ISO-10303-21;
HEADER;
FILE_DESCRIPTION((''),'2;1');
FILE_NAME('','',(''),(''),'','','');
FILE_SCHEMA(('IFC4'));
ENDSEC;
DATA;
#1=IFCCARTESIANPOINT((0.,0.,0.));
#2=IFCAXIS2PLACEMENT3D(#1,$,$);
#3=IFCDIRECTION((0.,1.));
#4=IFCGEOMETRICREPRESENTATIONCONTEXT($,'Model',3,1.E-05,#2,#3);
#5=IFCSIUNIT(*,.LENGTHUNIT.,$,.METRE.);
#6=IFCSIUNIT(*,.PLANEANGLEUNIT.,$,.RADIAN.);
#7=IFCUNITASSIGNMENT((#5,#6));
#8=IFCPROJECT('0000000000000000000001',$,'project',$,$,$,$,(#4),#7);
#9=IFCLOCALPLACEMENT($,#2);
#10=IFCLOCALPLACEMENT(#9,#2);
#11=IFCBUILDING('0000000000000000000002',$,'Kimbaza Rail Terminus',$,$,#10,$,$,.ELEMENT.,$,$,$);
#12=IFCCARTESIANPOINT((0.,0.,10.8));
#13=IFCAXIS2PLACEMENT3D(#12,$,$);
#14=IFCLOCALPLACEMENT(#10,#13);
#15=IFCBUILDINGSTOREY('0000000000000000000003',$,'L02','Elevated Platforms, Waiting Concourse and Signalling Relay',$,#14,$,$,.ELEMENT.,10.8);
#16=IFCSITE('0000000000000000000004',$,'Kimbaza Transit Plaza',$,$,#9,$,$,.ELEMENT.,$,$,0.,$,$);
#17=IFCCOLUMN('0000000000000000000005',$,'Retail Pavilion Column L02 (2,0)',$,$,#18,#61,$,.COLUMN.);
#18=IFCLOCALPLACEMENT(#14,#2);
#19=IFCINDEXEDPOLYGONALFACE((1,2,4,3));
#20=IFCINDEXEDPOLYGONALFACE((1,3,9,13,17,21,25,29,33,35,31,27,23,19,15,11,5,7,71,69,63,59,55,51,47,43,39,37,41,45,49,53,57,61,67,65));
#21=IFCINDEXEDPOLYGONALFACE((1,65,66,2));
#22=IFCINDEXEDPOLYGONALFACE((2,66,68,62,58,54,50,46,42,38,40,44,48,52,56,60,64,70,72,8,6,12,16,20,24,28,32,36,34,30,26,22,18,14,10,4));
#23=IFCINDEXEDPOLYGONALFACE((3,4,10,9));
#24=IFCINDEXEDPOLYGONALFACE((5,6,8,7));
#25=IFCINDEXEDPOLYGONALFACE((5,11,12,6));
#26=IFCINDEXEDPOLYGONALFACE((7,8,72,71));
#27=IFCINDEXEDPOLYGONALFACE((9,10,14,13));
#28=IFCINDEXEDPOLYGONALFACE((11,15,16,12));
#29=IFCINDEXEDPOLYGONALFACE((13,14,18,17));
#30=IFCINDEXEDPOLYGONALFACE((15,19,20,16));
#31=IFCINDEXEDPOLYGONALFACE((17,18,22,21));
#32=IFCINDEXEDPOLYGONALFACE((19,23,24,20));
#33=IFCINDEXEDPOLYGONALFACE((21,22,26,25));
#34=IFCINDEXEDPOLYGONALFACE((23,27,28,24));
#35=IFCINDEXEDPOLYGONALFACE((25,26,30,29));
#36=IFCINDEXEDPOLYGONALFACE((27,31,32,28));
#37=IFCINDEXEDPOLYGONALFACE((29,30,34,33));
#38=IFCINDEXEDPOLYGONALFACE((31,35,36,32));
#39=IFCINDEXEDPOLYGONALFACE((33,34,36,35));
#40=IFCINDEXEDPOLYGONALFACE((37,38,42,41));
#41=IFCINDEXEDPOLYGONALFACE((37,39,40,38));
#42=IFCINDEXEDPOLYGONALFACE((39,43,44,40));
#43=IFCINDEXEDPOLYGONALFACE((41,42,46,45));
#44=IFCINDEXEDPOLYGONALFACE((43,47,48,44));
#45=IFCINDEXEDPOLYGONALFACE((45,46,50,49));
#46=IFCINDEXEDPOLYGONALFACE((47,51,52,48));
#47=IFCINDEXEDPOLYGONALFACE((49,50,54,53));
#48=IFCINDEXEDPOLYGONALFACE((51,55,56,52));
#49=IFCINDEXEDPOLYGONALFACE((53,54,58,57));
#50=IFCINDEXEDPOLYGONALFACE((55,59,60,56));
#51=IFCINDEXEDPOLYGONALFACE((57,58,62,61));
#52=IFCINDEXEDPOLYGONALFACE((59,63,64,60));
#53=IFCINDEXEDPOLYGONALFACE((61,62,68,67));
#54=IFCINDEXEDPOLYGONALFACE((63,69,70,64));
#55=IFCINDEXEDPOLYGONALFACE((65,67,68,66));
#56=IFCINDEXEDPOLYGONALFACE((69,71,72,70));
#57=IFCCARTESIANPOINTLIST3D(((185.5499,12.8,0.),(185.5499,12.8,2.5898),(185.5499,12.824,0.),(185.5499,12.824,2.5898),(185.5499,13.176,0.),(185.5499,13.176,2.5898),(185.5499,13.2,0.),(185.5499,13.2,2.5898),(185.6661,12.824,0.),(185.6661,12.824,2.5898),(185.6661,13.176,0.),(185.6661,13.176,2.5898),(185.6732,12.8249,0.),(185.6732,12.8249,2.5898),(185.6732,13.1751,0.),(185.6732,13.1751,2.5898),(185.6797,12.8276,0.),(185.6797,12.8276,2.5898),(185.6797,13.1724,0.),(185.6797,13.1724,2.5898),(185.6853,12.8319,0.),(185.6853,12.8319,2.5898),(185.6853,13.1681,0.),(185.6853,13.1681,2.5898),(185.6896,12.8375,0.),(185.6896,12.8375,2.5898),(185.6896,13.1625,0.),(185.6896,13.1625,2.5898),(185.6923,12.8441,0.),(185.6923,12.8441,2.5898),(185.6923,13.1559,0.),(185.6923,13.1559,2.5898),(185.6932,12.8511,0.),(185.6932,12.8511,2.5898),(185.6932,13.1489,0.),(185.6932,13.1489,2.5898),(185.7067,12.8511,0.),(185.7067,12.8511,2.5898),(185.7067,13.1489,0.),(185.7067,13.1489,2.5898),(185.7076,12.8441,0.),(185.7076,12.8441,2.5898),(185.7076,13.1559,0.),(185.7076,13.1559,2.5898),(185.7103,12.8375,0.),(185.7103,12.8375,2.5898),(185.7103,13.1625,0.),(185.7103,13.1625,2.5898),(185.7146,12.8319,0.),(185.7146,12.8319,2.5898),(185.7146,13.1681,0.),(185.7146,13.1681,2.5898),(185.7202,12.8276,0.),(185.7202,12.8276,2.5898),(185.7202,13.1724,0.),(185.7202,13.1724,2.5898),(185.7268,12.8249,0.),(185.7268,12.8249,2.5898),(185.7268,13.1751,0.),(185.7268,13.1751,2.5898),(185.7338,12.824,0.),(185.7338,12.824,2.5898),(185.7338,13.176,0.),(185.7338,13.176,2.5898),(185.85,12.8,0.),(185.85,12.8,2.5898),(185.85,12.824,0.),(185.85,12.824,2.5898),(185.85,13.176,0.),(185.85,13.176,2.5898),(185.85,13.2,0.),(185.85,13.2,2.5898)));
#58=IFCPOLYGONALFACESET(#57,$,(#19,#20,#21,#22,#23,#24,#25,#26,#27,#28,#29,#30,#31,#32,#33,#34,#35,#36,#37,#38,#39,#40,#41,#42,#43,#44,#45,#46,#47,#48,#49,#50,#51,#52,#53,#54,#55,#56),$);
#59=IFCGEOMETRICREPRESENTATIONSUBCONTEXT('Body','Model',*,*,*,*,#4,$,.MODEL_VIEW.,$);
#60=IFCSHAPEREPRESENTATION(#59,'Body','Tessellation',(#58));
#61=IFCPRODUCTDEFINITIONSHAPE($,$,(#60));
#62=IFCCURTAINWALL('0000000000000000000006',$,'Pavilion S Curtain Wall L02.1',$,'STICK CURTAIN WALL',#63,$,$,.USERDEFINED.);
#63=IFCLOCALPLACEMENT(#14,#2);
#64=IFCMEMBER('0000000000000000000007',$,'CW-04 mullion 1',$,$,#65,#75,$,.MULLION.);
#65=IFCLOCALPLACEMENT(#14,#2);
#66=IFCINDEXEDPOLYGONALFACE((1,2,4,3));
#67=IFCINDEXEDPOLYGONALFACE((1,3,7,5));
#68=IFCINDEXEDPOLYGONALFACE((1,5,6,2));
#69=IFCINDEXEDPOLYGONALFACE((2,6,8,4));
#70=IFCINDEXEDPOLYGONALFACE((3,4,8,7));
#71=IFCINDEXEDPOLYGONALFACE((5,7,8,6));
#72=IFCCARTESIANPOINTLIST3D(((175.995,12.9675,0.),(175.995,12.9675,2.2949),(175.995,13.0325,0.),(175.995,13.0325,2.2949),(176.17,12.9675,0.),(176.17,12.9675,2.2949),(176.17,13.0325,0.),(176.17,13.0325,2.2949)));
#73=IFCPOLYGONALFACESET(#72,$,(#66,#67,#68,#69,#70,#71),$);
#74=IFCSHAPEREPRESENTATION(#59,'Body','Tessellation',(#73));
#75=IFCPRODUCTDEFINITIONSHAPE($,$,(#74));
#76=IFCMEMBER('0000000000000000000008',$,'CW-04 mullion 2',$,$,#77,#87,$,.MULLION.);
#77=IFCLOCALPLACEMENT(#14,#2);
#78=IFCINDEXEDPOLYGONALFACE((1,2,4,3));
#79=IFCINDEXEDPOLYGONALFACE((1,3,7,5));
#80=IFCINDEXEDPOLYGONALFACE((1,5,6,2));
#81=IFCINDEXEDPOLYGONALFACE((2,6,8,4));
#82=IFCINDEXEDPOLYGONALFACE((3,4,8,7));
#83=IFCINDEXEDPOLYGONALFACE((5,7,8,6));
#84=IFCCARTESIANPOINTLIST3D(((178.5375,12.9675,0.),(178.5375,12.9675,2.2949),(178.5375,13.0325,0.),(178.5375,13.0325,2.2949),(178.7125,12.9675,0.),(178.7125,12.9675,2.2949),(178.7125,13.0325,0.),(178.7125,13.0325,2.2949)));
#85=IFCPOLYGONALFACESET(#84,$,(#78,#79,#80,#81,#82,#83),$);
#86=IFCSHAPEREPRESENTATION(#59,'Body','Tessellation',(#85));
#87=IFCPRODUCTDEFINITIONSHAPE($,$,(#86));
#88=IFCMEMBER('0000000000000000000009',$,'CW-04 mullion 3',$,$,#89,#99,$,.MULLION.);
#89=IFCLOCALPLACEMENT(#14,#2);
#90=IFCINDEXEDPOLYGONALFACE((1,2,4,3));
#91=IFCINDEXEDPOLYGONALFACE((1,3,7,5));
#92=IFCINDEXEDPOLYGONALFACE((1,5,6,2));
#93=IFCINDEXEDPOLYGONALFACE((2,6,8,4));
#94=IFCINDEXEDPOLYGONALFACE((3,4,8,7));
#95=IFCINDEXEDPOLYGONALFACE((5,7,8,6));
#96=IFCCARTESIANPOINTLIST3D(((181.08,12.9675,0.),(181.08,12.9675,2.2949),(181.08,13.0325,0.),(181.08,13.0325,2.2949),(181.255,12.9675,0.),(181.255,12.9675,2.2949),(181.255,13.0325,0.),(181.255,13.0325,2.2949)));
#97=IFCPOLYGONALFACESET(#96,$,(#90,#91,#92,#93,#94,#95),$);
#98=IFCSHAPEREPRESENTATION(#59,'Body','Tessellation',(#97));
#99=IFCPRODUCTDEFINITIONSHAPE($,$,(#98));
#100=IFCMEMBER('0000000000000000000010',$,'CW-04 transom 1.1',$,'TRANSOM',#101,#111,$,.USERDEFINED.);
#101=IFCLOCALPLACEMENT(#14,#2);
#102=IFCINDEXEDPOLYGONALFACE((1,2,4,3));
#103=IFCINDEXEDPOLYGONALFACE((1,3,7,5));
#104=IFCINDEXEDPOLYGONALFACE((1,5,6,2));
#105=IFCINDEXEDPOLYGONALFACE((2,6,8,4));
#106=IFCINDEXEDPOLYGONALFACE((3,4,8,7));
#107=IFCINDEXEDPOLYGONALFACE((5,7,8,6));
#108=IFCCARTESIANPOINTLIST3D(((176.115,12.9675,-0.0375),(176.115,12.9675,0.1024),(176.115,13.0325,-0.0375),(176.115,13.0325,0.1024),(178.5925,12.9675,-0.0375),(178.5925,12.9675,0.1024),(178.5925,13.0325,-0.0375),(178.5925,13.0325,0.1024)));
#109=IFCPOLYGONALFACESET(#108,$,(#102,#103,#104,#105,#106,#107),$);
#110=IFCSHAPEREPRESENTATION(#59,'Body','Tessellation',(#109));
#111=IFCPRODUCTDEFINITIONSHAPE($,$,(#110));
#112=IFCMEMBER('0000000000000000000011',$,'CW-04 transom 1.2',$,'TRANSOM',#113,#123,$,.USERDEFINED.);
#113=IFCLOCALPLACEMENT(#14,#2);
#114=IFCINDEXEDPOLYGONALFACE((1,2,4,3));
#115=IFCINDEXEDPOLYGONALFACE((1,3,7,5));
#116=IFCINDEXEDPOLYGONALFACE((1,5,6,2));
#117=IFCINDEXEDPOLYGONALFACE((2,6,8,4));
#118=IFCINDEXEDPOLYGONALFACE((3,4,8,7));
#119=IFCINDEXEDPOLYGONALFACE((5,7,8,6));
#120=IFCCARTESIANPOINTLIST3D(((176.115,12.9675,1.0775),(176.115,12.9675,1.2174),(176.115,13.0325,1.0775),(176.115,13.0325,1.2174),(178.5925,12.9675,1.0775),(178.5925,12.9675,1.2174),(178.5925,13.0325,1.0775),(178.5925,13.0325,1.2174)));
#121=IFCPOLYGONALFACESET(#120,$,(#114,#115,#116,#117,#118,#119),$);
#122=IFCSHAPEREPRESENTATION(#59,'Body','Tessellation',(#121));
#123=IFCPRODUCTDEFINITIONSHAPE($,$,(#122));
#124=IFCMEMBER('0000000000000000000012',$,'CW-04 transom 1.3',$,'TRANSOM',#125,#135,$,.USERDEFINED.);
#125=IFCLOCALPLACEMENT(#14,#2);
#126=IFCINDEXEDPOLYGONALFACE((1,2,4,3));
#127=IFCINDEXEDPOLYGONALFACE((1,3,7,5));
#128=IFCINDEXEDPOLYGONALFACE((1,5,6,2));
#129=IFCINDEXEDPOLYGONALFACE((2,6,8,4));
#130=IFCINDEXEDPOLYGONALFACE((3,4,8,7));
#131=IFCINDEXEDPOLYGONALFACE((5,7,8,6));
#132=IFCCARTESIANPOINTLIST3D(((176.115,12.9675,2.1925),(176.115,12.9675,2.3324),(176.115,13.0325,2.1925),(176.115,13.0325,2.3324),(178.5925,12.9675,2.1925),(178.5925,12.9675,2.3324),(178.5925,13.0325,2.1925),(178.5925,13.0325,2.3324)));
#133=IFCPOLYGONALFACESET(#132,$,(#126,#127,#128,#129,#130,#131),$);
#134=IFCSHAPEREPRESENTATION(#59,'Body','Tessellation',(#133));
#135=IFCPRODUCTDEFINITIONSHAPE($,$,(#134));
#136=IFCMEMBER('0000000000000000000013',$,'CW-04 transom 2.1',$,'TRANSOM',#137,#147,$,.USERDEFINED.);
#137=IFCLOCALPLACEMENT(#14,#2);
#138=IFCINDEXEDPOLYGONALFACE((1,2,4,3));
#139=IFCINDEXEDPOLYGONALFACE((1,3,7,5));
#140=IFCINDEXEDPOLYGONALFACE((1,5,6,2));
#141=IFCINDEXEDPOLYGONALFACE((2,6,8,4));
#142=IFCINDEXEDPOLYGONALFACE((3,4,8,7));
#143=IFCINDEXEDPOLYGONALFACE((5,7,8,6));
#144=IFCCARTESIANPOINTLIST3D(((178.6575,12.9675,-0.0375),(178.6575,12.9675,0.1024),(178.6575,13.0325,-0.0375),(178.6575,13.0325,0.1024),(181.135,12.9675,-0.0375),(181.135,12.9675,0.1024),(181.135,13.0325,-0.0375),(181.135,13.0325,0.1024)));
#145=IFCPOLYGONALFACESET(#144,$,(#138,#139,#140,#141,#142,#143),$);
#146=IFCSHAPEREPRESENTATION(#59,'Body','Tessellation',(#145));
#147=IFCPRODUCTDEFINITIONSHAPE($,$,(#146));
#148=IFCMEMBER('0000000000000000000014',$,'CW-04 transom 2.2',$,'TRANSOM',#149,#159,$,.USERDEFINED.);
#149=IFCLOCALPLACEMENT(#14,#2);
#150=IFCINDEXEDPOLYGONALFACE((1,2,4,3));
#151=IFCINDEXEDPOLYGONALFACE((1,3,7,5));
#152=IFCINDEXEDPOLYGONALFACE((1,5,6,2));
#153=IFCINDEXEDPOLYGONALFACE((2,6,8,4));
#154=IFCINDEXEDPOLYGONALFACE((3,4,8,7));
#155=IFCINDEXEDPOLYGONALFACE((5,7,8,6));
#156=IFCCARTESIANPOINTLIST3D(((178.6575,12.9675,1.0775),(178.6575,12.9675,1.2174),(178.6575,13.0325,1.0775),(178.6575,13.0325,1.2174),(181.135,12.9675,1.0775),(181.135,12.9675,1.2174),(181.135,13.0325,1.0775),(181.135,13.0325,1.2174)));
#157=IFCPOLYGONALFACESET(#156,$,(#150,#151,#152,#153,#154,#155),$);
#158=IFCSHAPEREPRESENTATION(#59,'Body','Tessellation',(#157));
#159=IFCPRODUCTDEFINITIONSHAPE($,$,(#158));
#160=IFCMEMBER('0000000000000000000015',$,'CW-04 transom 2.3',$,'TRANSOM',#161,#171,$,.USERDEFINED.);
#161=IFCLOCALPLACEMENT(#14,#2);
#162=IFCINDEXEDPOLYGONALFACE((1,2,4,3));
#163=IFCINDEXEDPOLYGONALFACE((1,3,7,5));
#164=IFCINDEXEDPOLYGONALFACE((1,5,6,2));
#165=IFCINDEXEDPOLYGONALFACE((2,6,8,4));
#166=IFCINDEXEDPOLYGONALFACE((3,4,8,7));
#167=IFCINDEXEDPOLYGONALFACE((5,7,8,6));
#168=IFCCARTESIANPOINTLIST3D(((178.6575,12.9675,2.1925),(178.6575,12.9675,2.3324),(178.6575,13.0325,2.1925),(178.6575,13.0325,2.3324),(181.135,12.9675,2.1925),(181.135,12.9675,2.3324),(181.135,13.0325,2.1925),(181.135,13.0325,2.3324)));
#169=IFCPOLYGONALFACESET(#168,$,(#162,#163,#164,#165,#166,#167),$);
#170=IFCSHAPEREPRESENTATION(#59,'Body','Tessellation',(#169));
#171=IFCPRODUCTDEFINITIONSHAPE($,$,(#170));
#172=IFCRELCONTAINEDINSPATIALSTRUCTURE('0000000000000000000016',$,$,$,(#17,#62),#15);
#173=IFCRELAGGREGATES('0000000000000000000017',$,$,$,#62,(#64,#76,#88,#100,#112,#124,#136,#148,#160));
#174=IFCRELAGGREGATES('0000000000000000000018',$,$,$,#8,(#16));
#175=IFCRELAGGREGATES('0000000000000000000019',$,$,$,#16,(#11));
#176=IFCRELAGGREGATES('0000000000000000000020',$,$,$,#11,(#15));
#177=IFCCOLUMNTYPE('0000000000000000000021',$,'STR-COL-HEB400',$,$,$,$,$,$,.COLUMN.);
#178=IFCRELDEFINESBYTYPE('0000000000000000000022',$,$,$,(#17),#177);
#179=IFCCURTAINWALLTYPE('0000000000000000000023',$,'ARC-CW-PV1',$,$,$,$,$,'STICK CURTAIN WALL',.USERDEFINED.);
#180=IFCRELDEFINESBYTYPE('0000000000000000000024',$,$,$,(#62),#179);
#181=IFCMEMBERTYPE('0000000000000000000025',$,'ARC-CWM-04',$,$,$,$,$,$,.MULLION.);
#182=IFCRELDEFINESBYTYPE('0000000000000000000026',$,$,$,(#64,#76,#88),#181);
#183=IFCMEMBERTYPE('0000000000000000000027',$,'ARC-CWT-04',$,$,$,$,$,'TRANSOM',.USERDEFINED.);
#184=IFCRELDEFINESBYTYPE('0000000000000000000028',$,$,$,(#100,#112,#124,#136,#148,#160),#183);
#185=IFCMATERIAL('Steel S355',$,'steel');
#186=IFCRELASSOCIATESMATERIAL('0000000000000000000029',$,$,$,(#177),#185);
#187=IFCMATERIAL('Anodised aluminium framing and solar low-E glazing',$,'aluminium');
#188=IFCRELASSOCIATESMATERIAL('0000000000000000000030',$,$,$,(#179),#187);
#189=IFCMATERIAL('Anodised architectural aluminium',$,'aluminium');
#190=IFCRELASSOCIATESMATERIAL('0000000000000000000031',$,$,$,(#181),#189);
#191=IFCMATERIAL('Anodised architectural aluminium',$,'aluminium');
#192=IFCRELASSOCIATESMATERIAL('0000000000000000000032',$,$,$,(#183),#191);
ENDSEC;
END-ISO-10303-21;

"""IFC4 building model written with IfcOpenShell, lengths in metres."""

from ifc_helpers import new_model, si_unit, direction, frame, origin, origin_2d, place, context, subcontext, project, spatial, rectangle, i_section, extrude, material, material_profile, profile_set, type_object, element, aggregate, save


model = new_model("IFC4")

# Units and contexts
model_context = context("Model", 3, precision=1e-05, world=origin(), true_north=direction((0.0, 1.0)))
body_context = subcontext(model_context, "Body", "Model", "MODEL_VIEW")
ifc_project = project(units=[si_unit("LENGTHUNIT", "METRE"), si_unit("PLANEANGLEUNIT", "RADIAN")], contexts=[model_context])

# Site, building, storey
site_placement = place(None, origin())
site = spatial("IfcSite", under=ifc_project, at=site_placement, Name="Kimbaza Transit Plaza", CompositionType="ELEMENT", RefElevation=0.0)
building_placement = place(site_placement, origin())
building = spatial("IfcBuilding", under=site, at=building_placement, Name="Kimbaza Rail Terminus", CompositionType="ELEMENT")
storey_placement = place(building_placement, frame((0.0, 0.0, 10.8)))
storey = spatial("IfcBuildingStorey", under=building, at=storey_placement, Name="L02", Description="Elevated Platforms, Waiting Concourse and Signalling Relay", CompositionType="ELEMENT", Elevation=10.8)

# Column
ifc_material_1 = material(Name="Steel S355", Category="steel")
ifc_material_profile_1 = material_profile(ifc_material_1, i_section(OverallWidth=0.3, OverallDepth=0.3999, WebThickness=0.0134, FlangeThickness=0.0239, FilletRadius=0.0271, at=origin_2d()), Name="HEB 400")
ifc_profile_set_1 = profile_set([ifc_material_profile_1], Name="Steel S355")
column_type = type_object("IfcColumnType", Name="STR-COL-HEB400", PredefinedType="COLUMN", material=ifc_profile_set_1)
column_placement = place(storey_placement, frame((185.7, 13.0, 0.0), z_axis=(0.0, 0.0, 1.0), x_axis=(1.0, 0.0, 0.0)))
element("IfcColumn", 1, at=column_placement, inside=storey, type_object=column_type, Name="Retail Pavilion Column L02 (2,0)", PredefinedType="COLUMN", context=body_context, shape_type="SweptSolid", body=[
    extrude(i_section(OverallWidth=0.3, OverallDepth=0.3999, WebThickness=0.0134, FlangeThickness=0.0239, FilletRadius=0.0271, at=origin_2d()), origin(), (0.0, 0.0, 1.0), 2.5898),
])

# Curtain wall, members
ifc_material_2 = material(Name="Anodised aluminium framing and solar low-E glazing", Category="aluminium")
curtain_wall_type = type_object("IfcCurtainWallType", Name="ARC-CW-PV1", ElementType="STICK CURTAIN WALL", PredefinedType="USERDEFINED", material=ifc_material_2)
curtain_wall_placement = place(storey_placement, origin())
curtain_wall = element("IfcCurtainWall", 2, at=curtain_wall_placement, inside=storey, type_object=curtain_wall_type, Name="Pavilion S Curtain Wall L02.1", ObjectType="STICK CURTAIN WALL", PredefinedType="USERDEFINED")
ifc_material_3 = material(Name="Anodised architectural aluminium", Category="aluminium")
ifc_material_profile_2 = material_profile(ifc_material_3, rectangle(XDim=0.0649, YDim=0.175, at=origin_2d()), Name="MULLION 65x175")
ifc_profile_set_2 = profile_set([ifc_material_profile_2], Name="Anodised architectural aluminium")
member_type_1 = type_object("IfcMemberType", Name="ARC-CWM-04", PredefinedType="MULLION", material=ifc_profile_set_2)
member_1_placement = place(storey_placement, frame((176.0825, 13.0, 0.0), z_axis=(0.0, 0.0, 1.0), x_axis=(0.0, 1.0, 0.0)))
member_1 = element("IfcMember", 3, at=member_1_placement, type_object=member_type_1, Name="CW-04 mullion 1", PredefinedType="MULLION", context=body_context, shape_type="SweptSolid", body=[
    extrude(rectangle(XDim=0.0649, YDim=0.175, at=origin_2d()), origin(), (0.0, 0.0, 1.0), 2.2949),
])
member_2_placement = place(storey_placement, frame((178.625, 13.0, 0.0), z_axis=(0.0, 0.0, 1.0), x_axis=(0.0, 1.0, 0.0)))
member_2 = element("IfcMember", 4, at=member_2_placement, type_object=member_type_1, Name="CW-04 mullion 2", PredefinedType="MULLION", context=body_context, shape_type="SweptSolid", body=[
    extrude(rectangle(XDim=0.0649, YDim=0.175, at=origin_2d()), origin(), (0.0, 0.0, 1.0), 2.2949),
])
member_3_placement = place(storey_placement, frame((181.1675, 13.0, 0.0), z_axis=(0.0, 0.0, 1.0), x_axis=(0.0, 1.0, 0.0)))
member_3 = element("IfcMember", 5, at=member_3_placement, type_object=member_type_1, Name="CW-04 mullion 3", PredefinedType="MULLION", context=body_context, shape_type="SweptSolid", body=[
    extrude(rectangle(XDim=0.0649, YDim=0.175, at=origin_2d()), origin(), (0.0, 0.0, 1.0), 2.2949),
])
ifc_material_4 = material(Name="Anodised architectural aluminium", Category="aluminium")
ifc_material_profile_3 = material_profile(ifc_material_4, rectangle(XDim=0.0649, YDim=0.1399, at=origin_2d()), Name="TRANSOM 65x140")
ifc_profile_set_3 = profile_set([ifc_material_profile_3], Name="Anodised architectural aluminium")
member_type_2 = type_object("IfcMemberType", Name="ARC-CWT-04", ElementType="TRANSOM", PredefinedType="USERDEFINED", material=ifc_profile_set_3)
member_4_placement = place(storey_placement, frame((176.115, 13.0, 0.0325), z_axis=(1.0, 0.0, 0.0), x_axis=(0.0, 1.0, 0.0)))
member_4 = element("IfcMember", 6, at=member_4_placement, type_object=member_type_2, Name="CW-04 transom 1.1", ObjectType="TRANSOM", PredefinedType="USERDEFINED", context=body_context, shape_type="SweptSolid", body=[
    extrude(rectangle(XDim=0.0649, YDim=0.1399, at=origin_2d()), origin(), (0.0, 0.0, 1.0), 2.4775),
])
member_5_placement = place(storey_placement, frame((176.115, 13.0, 1.1475), z_axis=(1.0, 0.0, 0.0), x_axis=(0.0, 1.0, 0.0)))
member_5 = element("IfcMember", 7, at=member_5_placement, type_object=member_type_2, Name="CW-04 transom 1.2", ObjectType="TRANSOM", PredefinedType="USERDEFINED", context=body_context, shape_type="SweptSolid", body=[
    extrude(rectangle(XDim=0.0649, YDim=0.1399, at=origin_2d()), origin(), (0.0, 0.0, 1.0), 2.4775),
])
member_6_placement = place(storey_placement, frame((176.115, 13.0, 2.2625), z_axis=(1.0, 0.0, 0.0), x_axis=(0.0, 1.0, 0.0)))
member_6 = element("IfcMember", 8, at=member_6_placement, type_object=member_type_2, Name="CW-04 transom 1.3", ObjectType="TRANSOM", PredefinedType="USERDEFINED", context=body_context, shape_type="SweptSolid", body=[
    extrude(rectangle(XDim=0.0649, YDim=0.1399, at=origin_2d()), origin(), (0.0, 0.0, 1.0), 2.4775),
])
member_7_placement = place(storey_placement, frame((178.6575, 13.0, 0.0325), z_axis=(1.0, 0.0, 0.0), x_axis=(0.0, 1.0, 0.0)))
member_7 = element("IfcMember", 9, at=member_7_placement, type_object=member_type_2, Name="CW-04 transom 2.1", ObjectType="TRANSOM", PredefinedType="USERDEFINED", context=body_context, shape_type="SweptSolid", body=[
    extrude(rectangle(XDim=0.0649, YDim=0.1399, at=origin_2d()), origin(), (0.0, 0.0, 1.0), 2.4775),
])
member_8_placement = place(storey_placement, frame((178.6575, 13.0, 1.1475), z_axis=(1.0, 0.0, 0.0), x_axis=(0.0, 1.0, 0.0)))
member_8 = element("IfcMember", 10, at=member_8_placement, type_object=member_type_2, Name="CW-04 transom 2.2", ObjectType="TRANSOM", PredefinedType="USERDEFINED", context=body_context, shape_type="SweptSolid", body=[
    extrude(rectangle(XDim=0.0649, YDim=0.1399, at=origin_2d()), origin(), (0.0, 0.0, 1.0), 2.4775),
])
member_9_placement = place(storey_placement, frame((178.6575, 13.0, 2.2625), z_axis=(1.0, 0.0, 0.0), x_axis=(0.0, 1.0, 0.0)))
member_9 = element("IfcMember", 11, at=member_9_placement, type_object=member_type_2, Name="CW-04 transom 2.3", ObjectType="TRANSOM", PredefinedType="USERDEFINED", context=body_context, shape_type="SweptSolid", body=[
    extrude(rectangle(XDim=0.0649, YDim=0.1399, at=origin_2d()), origin(), (0.0, 0.0, 1.0), 2.4775),
])

aggregate(curtain_wall, [member_1, member_2, member_3, member_4, member_5, member_6, member_7, member_8, member_9])

save(model, "model.ifc")
